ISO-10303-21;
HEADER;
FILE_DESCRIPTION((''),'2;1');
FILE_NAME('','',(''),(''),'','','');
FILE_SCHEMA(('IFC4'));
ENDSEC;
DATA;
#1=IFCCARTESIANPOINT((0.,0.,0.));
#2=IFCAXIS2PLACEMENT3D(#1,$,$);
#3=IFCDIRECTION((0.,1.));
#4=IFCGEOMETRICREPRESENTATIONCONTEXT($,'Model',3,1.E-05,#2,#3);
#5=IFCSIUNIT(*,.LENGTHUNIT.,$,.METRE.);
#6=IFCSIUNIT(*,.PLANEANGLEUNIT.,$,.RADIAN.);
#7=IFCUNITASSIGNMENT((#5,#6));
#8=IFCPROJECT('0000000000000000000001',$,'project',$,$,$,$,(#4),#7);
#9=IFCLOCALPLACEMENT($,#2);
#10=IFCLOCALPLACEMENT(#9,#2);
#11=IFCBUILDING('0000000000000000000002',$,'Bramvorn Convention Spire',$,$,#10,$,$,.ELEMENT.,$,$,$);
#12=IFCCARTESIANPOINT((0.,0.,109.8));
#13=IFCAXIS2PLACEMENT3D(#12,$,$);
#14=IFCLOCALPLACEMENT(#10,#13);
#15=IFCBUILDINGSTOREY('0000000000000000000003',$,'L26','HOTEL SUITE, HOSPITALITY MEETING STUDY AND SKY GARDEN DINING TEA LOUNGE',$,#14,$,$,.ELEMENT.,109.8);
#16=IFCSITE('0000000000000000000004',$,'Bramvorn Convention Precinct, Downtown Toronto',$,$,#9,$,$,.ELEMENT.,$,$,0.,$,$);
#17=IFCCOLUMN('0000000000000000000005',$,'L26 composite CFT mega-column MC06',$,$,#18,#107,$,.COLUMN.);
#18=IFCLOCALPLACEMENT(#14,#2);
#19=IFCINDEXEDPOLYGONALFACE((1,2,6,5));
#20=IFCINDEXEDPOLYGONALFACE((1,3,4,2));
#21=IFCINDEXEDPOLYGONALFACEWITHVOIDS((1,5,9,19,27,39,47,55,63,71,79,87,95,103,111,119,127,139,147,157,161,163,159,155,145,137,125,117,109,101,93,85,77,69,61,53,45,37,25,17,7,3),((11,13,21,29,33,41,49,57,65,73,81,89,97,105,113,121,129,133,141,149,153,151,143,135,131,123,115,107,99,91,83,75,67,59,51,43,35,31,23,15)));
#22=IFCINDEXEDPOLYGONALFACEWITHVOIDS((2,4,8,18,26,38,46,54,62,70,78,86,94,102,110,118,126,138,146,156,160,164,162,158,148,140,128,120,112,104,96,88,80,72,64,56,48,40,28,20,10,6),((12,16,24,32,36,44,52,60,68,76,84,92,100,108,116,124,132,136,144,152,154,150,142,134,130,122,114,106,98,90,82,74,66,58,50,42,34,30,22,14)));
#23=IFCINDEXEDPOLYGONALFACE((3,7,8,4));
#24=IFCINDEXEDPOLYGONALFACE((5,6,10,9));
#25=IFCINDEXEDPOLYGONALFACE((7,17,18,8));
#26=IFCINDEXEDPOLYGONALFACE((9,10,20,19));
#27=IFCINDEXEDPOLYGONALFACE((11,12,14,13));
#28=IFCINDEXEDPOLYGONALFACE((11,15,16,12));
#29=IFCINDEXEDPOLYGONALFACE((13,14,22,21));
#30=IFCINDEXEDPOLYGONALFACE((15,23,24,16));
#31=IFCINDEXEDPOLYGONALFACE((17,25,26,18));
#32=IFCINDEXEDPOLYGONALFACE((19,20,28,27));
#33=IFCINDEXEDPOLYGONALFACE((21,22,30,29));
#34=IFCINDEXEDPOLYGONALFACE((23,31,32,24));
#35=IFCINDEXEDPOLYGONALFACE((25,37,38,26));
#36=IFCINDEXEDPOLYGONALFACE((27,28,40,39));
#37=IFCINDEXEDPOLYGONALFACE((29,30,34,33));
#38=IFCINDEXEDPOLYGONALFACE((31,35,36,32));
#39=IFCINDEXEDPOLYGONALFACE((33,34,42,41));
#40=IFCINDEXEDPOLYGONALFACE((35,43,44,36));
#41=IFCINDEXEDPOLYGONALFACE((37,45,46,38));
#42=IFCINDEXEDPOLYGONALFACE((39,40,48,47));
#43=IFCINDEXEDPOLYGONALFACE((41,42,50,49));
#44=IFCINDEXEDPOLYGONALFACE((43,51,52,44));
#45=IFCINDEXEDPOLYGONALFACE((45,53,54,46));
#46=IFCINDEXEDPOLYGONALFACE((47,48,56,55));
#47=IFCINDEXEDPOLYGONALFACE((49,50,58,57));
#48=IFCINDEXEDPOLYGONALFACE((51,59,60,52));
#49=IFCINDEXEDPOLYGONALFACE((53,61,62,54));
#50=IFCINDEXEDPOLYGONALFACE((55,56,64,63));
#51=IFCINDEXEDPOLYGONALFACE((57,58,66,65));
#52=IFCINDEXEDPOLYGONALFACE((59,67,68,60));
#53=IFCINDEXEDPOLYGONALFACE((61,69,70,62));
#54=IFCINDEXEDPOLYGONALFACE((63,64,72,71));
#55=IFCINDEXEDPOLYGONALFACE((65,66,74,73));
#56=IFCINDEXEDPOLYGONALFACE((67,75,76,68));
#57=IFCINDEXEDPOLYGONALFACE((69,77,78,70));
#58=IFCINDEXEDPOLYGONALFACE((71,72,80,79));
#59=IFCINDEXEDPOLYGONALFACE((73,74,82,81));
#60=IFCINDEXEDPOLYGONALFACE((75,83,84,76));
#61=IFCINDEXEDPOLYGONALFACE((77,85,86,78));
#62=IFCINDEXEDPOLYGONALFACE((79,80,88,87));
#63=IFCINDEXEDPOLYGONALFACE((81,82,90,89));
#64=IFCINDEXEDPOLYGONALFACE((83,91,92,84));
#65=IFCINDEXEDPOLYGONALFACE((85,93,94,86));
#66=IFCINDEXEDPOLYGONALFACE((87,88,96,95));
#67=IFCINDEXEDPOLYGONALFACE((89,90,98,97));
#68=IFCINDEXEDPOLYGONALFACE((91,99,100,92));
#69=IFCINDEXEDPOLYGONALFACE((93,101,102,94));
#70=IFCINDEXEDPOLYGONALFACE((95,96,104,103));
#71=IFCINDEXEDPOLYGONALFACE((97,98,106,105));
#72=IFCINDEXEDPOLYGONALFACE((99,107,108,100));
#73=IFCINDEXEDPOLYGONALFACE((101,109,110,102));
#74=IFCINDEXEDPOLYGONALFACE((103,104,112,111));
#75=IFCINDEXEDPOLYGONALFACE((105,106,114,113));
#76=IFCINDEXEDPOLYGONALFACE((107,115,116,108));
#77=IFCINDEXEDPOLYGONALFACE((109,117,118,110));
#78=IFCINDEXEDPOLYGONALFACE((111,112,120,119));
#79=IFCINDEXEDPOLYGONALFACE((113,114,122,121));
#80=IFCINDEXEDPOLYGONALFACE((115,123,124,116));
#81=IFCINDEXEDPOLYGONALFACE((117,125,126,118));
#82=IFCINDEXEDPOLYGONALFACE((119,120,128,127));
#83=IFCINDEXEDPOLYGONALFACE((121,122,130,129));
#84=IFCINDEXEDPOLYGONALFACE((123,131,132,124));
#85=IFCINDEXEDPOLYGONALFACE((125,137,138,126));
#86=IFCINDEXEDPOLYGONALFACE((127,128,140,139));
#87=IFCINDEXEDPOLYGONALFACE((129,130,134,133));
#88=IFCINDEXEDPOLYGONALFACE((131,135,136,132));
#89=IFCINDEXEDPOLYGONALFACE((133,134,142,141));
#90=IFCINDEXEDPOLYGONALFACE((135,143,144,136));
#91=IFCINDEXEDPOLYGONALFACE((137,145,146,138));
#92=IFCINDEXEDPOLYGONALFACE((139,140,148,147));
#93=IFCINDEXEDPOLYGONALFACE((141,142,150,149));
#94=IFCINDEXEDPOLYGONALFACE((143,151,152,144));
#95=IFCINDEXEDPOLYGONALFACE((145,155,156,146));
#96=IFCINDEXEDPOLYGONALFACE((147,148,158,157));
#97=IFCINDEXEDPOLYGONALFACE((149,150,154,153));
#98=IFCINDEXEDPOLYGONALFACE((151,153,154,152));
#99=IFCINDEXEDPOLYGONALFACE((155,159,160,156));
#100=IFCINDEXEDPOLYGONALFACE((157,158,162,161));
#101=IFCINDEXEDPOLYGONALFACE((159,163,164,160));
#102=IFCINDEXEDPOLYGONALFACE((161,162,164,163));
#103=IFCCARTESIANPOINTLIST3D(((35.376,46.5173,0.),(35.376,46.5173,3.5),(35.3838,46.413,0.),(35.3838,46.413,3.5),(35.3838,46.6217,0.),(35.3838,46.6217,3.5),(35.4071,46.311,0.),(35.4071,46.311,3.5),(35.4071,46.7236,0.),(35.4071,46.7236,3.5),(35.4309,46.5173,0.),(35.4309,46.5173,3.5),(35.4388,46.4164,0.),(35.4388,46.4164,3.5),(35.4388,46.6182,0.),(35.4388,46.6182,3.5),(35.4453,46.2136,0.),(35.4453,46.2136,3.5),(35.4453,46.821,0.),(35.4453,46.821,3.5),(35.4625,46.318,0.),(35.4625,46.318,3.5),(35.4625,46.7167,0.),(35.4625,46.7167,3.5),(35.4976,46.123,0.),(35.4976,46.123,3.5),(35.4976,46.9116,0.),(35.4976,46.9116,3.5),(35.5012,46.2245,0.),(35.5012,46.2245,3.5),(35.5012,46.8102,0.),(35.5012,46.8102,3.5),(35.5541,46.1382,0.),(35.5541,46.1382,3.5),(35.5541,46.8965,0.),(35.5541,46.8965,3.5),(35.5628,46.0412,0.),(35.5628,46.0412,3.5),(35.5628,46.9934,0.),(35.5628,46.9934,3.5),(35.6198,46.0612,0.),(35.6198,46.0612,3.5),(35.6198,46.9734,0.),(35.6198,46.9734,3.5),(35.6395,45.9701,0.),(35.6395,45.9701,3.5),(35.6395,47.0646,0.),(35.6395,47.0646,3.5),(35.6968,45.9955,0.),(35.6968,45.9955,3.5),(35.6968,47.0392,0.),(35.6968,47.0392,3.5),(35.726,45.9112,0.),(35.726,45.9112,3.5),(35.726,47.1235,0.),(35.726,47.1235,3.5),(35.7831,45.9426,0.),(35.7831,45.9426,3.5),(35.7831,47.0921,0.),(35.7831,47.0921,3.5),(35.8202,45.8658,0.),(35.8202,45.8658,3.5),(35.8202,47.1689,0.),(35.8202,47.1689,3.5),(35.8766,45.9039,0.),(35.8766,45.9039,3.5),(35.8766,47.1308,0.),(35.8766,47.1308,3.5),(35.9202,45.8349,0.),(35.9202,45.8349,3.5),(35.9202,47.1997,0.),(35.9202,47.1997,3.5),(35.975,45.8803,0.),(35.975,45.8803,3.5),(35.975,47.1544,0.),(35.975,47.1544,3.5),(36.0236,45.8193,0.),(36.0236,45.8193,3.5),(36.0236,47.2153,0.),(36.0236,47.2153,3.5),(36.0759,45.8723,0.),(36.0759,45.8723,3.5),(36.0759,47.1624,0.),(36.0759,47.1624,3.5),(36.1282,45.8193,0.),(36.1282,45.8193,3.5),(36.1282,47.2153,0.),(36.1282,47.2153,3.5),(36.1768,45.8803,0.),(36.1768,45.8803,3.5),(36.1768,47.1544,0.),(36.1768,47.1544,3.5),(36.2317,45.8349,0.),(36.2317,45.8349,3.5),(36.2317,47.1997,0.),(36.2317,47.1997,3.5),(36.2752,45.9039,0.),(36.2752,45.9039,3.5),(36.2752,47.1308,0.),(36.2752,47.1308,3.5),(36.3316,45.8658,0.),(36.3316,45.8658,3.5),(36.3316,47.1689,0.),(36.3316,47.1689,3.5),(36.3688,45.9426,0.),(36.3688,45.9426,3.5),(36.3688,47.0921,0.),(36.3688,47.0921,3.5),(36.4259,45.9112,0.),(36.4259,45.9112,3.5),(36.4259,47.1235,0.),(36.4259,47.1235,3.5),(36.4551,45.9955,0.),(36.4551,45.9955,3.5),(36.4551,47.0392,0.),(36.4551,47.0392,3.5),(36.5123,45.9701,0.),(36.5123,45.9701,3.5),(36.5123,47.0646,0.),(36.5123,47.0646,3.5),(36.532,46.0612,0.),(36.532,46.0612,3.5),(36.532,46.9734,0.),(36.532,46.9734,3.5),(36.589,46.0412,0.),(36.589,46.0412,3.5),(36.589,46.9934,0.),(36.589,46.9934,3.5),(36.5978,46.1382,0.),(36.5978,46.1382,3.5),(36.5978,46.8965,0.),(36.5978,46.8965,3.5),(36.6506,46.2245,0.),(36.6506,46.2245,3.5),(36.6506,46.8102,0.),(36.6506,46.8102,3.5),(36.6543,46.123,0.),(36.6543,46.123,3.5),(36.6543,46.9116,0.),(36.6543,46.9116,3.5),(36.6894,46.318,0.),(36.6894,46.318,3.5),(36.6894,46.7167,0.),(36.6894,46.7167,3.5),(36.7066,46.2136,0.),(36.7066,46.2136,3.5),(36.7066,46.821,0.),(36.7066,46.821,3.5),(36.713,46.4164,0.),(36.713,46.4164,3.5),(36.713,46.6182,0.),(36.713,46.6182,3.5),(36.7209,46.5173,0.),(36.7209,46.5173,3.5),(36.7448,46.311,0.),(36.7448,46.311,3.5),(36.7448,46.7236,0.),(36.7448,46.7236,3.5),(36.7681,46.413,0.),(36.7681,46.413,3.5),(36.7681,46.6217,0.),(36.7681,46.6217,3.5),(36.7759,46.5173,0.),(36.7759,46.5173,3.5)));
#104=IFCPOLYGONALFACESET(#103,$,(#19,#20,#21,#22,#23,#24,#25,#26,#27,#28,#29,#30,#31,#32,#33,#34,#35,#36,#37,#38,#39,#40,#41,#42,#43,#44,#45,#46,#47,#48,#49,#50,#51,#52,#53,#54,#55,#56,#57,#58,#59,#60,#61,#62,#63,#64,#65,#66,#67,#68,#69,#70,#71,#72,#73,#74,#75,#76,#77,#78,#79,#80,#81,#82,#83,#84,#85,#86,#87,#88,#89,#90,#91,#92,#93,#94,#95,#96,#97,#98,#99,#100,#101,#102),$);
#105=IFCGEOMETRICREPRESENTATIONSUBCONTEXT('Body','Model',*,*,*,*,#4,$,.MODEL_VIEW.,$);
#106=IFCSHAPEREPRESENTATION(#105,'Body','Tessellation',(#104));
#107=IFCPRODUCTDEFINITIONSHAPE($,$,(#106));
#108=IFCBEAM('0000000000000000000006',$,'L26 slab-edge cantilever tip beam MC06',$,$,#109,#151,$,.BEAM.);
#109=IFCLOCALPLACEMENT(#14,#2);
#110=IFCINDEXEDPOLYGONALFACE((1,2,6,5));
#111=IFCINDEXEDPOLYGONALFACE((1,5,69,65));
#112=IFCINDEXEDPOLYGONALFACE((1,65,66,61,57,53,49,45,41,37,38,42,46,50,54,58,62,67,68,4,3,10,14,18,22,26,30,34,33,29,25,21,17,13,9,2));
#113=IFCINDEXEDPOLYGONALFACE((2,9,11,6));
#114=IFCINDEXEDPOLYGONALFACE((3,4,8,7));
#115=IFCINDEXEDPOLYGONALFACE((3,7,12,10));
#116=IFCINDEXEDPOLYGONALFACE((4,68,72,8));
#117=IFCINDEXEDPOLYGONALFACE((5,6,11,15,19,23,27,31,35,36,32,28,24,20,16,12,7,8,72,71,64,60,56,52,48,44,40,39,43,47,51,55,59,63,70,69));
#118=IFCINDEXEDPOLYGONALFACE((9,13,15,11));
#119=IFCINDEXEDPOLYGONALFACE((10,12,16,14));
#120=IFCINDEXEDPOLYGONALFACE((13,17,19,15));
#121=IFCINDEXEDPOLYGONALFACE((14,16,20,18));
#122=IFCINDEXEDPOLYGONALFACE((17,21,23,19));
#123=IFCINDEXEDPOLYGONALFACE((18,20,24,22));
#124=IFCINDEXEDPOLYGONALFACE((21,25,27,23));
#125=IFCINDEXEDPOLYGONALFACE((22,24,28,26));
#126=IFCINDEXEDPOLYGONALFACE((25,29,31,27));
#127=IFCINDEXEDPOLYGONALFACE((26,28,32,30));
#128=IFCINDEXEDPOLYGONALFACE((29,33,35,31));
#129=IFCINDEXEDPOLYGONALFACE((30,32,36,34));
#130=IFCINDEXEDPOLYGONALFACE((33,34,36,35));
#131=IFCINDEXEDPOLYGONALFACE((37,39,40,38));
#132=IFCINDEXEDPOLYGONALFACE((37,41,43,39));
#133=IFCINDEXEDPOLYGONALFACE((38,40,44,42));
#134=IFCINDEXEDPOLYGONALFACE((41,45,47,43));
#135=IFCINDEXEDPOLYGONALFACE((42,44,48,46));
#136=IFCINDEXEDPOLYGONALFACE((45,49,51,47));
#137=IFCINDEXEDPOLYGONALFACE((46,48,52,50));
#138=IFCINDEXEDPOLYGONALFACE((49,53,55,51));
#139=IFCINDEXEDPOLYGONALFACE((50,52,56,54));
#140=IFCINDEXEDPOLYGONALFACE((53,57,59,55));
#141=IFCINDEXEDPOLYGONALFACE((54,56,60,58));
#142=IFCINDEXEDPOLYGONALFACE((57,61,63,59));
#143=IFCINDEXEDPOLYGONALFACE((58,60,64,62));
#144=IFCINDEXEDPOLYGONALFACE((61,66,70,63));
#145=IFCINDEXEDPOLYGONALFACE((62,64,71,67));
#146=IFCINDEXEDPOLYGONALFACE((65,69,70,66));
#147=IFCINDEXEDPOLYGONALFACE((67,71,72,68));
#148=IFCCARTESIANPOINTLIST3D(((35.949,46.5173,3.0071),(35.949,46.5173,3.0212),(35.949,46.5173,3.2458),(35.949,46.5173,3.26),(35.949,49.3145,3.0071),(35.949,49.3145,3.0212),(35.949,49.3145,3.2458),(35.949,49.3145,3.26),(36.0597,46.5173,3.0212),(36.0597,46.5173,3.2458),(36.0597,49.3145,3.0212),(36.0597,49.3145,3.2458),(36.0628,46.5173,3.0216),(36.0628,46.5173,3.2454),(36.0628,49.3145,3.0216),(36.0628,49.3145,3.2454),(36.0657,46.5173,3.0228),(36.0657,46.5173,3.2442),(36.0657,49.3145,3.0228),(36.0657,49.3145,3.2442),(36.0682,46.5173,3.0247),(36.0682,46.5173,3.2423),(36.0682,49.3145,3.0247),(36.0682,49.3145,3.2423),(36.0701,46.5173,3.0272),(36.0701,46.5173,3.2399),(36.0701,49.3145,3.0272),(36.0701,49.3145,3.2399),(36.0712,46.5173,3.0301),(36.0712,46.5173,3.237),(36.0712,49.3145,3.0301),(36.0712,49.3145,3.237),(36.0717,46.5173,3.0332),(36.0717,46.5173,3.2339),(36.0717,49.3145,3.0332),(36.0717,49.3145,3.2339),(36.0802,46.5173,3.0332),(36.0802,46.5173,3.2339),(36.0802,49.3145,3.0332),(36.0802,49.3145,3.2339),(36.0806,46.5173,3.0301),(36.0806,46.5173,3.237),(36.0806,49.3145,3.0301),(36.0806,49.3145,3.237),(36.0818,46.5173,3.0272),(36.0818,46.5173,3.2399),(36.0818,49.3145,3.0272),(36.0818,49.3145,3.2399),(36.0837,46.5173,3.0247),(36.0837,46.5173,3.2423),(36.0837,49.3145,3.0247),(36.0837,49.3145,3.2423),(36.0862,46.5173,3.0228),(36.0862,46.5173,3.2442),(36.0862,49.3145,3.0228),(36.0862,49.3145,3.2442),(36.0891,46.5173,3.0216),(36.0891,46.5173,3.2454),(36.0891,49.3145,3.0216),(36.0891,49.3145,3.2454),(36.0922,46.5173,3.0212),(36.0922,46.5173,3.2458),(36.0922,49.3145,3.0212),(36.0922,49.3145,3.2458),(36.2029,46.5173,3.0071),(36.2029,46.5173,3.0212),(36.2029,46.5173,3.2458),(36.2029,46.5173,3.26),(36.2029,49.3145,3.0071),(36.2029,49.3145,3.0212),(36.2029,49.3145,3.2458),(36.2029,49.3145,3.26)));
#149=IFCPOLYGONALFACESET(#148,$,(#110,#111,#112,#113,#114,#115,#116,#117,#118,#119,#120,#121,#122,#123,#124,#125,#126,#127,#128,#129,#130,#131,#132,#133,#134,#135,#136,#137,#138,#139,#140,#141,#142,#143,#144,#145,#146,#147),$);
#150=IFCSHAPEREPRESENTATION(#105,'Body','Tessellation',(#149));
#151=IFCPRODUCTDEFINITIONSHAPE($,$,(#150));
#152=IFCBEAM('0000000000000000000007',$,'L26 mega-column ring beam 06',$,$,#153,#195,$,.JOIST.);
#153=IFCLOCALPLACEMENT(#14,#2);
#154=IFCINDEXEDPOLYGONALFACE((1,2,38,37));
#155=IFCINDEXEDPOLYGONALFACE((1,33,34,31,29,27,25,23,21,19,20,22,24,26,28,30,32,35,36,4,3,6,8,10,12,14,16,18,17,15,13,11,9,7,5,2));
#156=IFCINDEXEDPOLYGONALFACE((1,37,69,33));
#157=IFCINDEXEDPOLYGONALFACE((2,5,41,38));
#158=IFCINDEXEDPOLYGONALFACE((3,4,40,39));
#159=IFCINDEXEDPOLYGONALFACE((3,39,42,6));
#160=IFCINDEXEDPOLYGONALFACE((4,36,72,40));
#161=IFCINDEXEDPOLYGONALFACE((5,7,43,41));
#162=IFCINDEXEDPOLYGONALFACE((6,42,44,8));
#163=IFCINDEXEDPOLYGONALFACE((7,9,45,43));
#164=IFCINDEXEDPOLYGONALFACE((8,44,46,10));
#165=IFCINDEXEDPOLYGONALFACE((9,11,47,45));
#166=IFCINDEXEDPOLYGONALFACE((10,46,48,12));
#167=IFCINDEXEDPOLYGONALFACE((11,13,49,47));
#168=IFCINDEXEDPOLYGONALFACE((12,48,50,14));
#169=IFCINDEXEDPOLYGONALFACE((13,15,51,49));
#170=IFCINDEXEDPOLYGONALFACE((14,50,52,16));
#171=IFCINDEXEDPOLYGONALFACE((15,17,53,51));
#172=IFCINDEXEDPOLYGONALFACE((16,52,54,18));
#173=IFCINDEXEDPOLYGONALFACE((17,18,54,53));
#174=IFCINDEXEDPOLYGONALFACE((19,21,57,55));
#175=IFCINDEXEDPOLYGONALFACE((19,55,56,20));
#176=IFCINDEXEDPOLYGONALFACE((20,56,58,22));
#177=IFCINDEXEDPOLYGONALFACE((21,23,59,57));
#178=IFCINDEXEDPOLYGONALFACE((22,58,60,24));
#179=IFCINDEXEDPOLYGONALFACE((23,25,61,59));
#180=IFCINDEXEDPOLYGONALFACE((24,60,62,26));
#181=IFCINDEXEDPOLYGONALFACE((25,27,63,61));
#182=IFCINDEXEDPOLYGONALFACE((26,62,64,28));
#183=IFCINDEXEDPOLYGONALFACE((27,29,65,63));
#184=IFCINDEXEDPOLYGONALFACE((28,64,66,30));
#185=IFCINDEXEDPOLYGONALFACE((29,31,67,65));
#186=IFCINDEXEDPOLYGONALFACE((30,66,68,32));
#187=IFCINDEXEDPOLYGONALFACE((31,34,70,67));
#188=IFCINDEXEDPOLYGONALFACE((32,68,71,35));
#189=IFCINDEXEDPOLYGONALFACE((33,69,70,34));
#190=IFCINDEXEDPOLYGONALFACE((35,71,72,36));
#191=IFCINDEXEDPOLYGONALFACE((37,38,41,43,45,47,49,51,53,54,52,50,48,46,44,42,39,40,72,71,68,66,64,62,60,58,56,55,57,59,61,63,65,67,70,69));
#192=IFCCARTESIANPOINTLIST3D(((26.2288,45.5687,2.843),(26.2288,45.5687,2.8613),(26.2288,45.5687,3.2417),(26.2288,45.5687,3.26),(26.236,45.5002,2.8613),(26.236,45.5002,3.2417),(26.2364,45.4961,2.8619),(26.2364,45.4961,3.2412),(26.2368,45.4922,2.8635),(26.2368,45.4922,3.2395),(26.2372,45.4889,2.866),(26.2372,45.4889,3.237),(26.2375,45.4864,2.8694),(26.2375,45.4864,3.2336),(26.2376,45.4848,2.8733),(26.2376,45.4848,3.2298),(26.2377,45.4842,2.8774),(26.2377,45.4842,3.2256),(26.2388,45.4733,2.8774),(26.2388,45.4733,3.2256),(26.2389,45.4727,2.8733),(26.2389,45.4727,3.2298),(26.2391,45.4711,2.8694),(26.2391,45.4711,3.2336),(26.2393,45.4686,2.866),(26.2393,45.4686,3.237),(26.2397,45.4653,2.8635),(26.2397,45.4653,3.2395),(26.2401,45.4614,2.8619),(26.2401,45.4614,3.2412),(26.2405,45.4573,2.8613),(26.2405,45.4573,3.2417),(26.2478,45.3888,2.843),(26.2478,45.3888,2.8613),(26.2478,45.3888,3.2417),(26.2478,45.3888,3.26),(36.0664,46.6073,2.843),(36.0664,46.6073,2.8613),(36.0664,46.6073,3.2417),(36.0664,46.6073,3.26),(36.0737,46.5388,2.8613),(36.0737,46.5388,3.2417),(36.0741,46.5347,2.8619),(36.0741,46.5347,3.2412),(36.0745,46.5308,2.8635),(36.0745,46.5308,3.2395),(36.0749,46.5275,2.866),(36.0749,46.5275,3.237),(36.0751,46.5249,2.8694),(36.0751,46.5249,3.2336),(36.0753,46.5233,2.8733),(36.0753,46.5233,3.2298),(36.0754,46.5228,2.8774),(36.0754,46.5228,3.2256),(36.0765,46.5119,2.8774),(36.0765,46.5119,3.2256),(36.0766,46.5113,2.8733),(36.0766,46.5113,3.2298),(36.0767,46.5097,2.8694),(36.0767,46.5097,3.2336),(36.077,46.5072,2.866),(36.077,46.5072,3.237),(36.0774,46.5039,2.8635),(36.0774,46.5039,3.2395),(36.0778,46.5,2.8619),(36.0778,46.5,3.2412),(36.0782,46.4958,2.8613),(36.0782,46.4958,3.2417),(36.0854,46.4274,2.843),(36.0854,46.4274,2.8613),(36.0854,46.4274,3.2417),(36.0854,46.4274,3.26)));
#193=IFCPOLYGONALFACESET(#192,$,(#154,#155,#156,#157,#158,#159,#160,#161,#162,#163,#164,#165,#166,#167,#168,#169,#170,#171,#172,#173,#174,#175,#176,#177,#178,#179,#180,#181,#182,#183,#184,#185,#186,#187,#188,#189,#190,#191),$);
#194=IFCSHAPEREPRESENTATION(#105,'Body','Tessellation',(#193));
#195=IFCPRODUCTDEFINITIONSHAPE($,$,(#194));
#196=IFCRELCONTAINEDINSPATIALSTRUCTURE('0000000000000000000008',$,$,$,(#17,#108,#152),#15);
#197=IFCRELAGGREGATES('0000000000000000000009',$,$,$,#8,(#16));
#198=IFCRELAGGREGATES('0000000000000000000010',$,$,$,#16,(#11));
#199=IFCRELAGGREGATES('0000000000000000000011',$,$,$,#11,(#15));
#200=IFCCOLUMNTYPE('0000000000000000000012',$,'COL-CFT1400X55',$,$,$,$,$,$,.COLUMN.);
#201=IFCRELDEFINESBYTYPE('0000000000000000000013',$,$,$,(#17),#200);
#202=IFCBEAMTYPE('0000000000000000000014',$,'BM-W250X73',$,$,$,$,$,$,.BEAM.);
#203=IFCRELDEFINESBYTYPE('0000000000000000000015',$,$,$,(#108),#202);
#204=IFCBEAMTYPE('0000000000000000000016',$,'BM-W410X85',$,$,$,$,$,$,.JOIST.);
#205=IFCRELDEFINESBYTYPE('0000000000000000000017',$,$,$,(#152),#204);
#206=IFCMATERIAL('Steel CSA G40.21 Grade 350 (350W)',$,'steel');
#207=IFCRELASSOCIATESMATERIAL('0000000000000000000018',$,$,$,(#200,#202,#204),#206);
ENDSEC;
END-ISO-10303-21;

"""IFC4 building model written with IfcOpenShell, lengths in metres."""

from ifc_helpers import new_model, si_unit, direction, frame, origin, origin_2d, place, context, subcontext, project, spatial, hollow_circle, i_section, extrude, material, material_profile, profile_set, type_object, element, save


model = new_model("IFC4")

# Units and contexts
model_context = context("Model", 3, precision=1e-05, world=origin(), true_north=direction((0.0, 1.0)))
body_context = subcontext(model_context, "Body", "Model", "MODEL_VIEW")
ifc_project = project(units=[si_unit("LENGTHUNIT", "METRE"), si_unit("PLANEANGLEUNIT", "RADIAN")], contexts=[model_context])

# Site, building, storey
site_placement = place(None, origin())
site = spatial("IfcSite", under=ifc_project, at=site_placement, Name="Bramvorn Convention Precinct, Downtown Toronto", CompositionType="ELEMENT", RefElevation=0.0)
building_placement = place(site_placement, origin())
building = spatial("IfcBuilding", under=site, at=building_placement, Name="Bramvorn Convention Spire", CompositionType="ELEMENT")
storey_placement = place(building_placement, frame((0.0, 0.0, 109.8)))
storey = spatial("IfcBuildingStorey", under=building, at=storey_placement, Name="L26", Description="HOTEL SUITE, HOSPITALITY MEETING STUDY AND SKY GARDEN DINING TEA LOUNGE", CompositionType="ELEMENT", Elevation=109.8)

# Column
ifc_material_1 = material(Name="Steel CSA G40.21 Grade 350 (350W)", Category="steel")
ifc_material_profile_1 = material_profile(ifc_material_1, hollow_circle(Radius=0.7, WallThickness=0.0549, at=origin_2d()))
ifc_profile_set_1 = profile_set([ifc_material_profile_1], Name="Steel CSA G40.21 Grade 350 (350W) - CFT1400X55")
column_type = type_object("IfcColumnType", Name="COL-CFT1400X55", PredefinedType="COLUMN", material=ifc_profile_set_1)
column_placement = place(storey_placement, frame((36.0759, 46.5173, 0.0), z_axis=(0.0, 0.0, 1.0), x_axis=(1.0, 0.0, 0.0)))
element("IfcColumn", 1, at=column_placement, inside=storey, type_object=column_type, Name="L26 composite CFT mega-column MC06", PredefinedType="COLUMN", context=body_context, shape_type="SweptSolid", body=[
    extrude(hollow_circle(Radius=0.7, WallThickness=0.0549, at=origin_2d()), origin(), (0.0, 0.0, 1.0), 3.5),
])

# Beams
ifc_material_profile_2 = material_profile(ifc_material_1, i_section(OverallWidth=0.2539, OverallDepth=0.2529, WebThickness=0.0085, FlangeThickness=0.0142, FilletRadius=0.012, at=origin_2d()))
ifc_profile_set_2 = profile_set([ifc_material_profile_2], Name="Steel CSA G40.21 Grade 350 (350W) - W250X73")
beam_type_1 = type_object("IfcBeamType", Name="BM-W250X73", PredefinedType="BEAM", material=ifc_profile_set_2)
beam_1_placement = place(storey_placement, frame((36.0759, 46.5173, 3.1335), z_axis=(0.0, 1.0, 0.0), x_axis=(-1.0, 0.0, 0.0)))
element("IfcBeam", 2, at=beam_1_placement, inside=storey, type_object=beam_type_1, Name="L26 slab-edge cantilever tip beam MC06", PredefinedType="BEAM", context=body_context, shape_type="SweptSolid", body=[
    extrude(i_section(OverallWidth=0.2539, OverallDepth=0.2529, WebThickness=0.0085, FlangeThickness=0.0142, FilletRadius=0.012, at=origin_2d()), origin(), (0.0, 0.0, 1.0), 2.7971),
])
ifc_material_profile_3 = material_profile(ifc_material_1, i_section(OverallWidth=0.1809, OverallDepth=0.417, WebThickness=0.011, FlangeThickness=0.0183, FilletRadius=0.0161, at=origin_2d()))
ifc_profile_set_3 = profile_set([ifc_material_profile_3], Name="Steel CSA G40.21 Grade 350 (350W) - W410X85")
beam_type_2 = type_object("IfcBeamType", Name="BM-W410X85", PredefinedType="JOIST", material=ifc_profile_set_3)
beam_2_placement = place(storey_placement, frame((36.0759, 46.5173, 3.0515), z_axis=(-0.994473, -0.104988, 0.0), x_axis=(0.104988, -0.994473, 0.0)))
element("IfcBeam", 3, at=beam_2_placement, inside=storey, type_object=beam_type_2, Name="L26 mega-column ring beam 06", PredefinedType="JOIST", context=body_context, shape_type="SweptSolid", body=[
    extrude(i_section(OverallWidth=0.1809, OverallDepth=0.417, WebThickness=0.011, FlangeThickness=0.0183, FilletRadius=0.0161, at=origin_2d()), origin(), (0.0, 0.0, 1.0), 9.8923),
])

save(model, "model.ifc")
